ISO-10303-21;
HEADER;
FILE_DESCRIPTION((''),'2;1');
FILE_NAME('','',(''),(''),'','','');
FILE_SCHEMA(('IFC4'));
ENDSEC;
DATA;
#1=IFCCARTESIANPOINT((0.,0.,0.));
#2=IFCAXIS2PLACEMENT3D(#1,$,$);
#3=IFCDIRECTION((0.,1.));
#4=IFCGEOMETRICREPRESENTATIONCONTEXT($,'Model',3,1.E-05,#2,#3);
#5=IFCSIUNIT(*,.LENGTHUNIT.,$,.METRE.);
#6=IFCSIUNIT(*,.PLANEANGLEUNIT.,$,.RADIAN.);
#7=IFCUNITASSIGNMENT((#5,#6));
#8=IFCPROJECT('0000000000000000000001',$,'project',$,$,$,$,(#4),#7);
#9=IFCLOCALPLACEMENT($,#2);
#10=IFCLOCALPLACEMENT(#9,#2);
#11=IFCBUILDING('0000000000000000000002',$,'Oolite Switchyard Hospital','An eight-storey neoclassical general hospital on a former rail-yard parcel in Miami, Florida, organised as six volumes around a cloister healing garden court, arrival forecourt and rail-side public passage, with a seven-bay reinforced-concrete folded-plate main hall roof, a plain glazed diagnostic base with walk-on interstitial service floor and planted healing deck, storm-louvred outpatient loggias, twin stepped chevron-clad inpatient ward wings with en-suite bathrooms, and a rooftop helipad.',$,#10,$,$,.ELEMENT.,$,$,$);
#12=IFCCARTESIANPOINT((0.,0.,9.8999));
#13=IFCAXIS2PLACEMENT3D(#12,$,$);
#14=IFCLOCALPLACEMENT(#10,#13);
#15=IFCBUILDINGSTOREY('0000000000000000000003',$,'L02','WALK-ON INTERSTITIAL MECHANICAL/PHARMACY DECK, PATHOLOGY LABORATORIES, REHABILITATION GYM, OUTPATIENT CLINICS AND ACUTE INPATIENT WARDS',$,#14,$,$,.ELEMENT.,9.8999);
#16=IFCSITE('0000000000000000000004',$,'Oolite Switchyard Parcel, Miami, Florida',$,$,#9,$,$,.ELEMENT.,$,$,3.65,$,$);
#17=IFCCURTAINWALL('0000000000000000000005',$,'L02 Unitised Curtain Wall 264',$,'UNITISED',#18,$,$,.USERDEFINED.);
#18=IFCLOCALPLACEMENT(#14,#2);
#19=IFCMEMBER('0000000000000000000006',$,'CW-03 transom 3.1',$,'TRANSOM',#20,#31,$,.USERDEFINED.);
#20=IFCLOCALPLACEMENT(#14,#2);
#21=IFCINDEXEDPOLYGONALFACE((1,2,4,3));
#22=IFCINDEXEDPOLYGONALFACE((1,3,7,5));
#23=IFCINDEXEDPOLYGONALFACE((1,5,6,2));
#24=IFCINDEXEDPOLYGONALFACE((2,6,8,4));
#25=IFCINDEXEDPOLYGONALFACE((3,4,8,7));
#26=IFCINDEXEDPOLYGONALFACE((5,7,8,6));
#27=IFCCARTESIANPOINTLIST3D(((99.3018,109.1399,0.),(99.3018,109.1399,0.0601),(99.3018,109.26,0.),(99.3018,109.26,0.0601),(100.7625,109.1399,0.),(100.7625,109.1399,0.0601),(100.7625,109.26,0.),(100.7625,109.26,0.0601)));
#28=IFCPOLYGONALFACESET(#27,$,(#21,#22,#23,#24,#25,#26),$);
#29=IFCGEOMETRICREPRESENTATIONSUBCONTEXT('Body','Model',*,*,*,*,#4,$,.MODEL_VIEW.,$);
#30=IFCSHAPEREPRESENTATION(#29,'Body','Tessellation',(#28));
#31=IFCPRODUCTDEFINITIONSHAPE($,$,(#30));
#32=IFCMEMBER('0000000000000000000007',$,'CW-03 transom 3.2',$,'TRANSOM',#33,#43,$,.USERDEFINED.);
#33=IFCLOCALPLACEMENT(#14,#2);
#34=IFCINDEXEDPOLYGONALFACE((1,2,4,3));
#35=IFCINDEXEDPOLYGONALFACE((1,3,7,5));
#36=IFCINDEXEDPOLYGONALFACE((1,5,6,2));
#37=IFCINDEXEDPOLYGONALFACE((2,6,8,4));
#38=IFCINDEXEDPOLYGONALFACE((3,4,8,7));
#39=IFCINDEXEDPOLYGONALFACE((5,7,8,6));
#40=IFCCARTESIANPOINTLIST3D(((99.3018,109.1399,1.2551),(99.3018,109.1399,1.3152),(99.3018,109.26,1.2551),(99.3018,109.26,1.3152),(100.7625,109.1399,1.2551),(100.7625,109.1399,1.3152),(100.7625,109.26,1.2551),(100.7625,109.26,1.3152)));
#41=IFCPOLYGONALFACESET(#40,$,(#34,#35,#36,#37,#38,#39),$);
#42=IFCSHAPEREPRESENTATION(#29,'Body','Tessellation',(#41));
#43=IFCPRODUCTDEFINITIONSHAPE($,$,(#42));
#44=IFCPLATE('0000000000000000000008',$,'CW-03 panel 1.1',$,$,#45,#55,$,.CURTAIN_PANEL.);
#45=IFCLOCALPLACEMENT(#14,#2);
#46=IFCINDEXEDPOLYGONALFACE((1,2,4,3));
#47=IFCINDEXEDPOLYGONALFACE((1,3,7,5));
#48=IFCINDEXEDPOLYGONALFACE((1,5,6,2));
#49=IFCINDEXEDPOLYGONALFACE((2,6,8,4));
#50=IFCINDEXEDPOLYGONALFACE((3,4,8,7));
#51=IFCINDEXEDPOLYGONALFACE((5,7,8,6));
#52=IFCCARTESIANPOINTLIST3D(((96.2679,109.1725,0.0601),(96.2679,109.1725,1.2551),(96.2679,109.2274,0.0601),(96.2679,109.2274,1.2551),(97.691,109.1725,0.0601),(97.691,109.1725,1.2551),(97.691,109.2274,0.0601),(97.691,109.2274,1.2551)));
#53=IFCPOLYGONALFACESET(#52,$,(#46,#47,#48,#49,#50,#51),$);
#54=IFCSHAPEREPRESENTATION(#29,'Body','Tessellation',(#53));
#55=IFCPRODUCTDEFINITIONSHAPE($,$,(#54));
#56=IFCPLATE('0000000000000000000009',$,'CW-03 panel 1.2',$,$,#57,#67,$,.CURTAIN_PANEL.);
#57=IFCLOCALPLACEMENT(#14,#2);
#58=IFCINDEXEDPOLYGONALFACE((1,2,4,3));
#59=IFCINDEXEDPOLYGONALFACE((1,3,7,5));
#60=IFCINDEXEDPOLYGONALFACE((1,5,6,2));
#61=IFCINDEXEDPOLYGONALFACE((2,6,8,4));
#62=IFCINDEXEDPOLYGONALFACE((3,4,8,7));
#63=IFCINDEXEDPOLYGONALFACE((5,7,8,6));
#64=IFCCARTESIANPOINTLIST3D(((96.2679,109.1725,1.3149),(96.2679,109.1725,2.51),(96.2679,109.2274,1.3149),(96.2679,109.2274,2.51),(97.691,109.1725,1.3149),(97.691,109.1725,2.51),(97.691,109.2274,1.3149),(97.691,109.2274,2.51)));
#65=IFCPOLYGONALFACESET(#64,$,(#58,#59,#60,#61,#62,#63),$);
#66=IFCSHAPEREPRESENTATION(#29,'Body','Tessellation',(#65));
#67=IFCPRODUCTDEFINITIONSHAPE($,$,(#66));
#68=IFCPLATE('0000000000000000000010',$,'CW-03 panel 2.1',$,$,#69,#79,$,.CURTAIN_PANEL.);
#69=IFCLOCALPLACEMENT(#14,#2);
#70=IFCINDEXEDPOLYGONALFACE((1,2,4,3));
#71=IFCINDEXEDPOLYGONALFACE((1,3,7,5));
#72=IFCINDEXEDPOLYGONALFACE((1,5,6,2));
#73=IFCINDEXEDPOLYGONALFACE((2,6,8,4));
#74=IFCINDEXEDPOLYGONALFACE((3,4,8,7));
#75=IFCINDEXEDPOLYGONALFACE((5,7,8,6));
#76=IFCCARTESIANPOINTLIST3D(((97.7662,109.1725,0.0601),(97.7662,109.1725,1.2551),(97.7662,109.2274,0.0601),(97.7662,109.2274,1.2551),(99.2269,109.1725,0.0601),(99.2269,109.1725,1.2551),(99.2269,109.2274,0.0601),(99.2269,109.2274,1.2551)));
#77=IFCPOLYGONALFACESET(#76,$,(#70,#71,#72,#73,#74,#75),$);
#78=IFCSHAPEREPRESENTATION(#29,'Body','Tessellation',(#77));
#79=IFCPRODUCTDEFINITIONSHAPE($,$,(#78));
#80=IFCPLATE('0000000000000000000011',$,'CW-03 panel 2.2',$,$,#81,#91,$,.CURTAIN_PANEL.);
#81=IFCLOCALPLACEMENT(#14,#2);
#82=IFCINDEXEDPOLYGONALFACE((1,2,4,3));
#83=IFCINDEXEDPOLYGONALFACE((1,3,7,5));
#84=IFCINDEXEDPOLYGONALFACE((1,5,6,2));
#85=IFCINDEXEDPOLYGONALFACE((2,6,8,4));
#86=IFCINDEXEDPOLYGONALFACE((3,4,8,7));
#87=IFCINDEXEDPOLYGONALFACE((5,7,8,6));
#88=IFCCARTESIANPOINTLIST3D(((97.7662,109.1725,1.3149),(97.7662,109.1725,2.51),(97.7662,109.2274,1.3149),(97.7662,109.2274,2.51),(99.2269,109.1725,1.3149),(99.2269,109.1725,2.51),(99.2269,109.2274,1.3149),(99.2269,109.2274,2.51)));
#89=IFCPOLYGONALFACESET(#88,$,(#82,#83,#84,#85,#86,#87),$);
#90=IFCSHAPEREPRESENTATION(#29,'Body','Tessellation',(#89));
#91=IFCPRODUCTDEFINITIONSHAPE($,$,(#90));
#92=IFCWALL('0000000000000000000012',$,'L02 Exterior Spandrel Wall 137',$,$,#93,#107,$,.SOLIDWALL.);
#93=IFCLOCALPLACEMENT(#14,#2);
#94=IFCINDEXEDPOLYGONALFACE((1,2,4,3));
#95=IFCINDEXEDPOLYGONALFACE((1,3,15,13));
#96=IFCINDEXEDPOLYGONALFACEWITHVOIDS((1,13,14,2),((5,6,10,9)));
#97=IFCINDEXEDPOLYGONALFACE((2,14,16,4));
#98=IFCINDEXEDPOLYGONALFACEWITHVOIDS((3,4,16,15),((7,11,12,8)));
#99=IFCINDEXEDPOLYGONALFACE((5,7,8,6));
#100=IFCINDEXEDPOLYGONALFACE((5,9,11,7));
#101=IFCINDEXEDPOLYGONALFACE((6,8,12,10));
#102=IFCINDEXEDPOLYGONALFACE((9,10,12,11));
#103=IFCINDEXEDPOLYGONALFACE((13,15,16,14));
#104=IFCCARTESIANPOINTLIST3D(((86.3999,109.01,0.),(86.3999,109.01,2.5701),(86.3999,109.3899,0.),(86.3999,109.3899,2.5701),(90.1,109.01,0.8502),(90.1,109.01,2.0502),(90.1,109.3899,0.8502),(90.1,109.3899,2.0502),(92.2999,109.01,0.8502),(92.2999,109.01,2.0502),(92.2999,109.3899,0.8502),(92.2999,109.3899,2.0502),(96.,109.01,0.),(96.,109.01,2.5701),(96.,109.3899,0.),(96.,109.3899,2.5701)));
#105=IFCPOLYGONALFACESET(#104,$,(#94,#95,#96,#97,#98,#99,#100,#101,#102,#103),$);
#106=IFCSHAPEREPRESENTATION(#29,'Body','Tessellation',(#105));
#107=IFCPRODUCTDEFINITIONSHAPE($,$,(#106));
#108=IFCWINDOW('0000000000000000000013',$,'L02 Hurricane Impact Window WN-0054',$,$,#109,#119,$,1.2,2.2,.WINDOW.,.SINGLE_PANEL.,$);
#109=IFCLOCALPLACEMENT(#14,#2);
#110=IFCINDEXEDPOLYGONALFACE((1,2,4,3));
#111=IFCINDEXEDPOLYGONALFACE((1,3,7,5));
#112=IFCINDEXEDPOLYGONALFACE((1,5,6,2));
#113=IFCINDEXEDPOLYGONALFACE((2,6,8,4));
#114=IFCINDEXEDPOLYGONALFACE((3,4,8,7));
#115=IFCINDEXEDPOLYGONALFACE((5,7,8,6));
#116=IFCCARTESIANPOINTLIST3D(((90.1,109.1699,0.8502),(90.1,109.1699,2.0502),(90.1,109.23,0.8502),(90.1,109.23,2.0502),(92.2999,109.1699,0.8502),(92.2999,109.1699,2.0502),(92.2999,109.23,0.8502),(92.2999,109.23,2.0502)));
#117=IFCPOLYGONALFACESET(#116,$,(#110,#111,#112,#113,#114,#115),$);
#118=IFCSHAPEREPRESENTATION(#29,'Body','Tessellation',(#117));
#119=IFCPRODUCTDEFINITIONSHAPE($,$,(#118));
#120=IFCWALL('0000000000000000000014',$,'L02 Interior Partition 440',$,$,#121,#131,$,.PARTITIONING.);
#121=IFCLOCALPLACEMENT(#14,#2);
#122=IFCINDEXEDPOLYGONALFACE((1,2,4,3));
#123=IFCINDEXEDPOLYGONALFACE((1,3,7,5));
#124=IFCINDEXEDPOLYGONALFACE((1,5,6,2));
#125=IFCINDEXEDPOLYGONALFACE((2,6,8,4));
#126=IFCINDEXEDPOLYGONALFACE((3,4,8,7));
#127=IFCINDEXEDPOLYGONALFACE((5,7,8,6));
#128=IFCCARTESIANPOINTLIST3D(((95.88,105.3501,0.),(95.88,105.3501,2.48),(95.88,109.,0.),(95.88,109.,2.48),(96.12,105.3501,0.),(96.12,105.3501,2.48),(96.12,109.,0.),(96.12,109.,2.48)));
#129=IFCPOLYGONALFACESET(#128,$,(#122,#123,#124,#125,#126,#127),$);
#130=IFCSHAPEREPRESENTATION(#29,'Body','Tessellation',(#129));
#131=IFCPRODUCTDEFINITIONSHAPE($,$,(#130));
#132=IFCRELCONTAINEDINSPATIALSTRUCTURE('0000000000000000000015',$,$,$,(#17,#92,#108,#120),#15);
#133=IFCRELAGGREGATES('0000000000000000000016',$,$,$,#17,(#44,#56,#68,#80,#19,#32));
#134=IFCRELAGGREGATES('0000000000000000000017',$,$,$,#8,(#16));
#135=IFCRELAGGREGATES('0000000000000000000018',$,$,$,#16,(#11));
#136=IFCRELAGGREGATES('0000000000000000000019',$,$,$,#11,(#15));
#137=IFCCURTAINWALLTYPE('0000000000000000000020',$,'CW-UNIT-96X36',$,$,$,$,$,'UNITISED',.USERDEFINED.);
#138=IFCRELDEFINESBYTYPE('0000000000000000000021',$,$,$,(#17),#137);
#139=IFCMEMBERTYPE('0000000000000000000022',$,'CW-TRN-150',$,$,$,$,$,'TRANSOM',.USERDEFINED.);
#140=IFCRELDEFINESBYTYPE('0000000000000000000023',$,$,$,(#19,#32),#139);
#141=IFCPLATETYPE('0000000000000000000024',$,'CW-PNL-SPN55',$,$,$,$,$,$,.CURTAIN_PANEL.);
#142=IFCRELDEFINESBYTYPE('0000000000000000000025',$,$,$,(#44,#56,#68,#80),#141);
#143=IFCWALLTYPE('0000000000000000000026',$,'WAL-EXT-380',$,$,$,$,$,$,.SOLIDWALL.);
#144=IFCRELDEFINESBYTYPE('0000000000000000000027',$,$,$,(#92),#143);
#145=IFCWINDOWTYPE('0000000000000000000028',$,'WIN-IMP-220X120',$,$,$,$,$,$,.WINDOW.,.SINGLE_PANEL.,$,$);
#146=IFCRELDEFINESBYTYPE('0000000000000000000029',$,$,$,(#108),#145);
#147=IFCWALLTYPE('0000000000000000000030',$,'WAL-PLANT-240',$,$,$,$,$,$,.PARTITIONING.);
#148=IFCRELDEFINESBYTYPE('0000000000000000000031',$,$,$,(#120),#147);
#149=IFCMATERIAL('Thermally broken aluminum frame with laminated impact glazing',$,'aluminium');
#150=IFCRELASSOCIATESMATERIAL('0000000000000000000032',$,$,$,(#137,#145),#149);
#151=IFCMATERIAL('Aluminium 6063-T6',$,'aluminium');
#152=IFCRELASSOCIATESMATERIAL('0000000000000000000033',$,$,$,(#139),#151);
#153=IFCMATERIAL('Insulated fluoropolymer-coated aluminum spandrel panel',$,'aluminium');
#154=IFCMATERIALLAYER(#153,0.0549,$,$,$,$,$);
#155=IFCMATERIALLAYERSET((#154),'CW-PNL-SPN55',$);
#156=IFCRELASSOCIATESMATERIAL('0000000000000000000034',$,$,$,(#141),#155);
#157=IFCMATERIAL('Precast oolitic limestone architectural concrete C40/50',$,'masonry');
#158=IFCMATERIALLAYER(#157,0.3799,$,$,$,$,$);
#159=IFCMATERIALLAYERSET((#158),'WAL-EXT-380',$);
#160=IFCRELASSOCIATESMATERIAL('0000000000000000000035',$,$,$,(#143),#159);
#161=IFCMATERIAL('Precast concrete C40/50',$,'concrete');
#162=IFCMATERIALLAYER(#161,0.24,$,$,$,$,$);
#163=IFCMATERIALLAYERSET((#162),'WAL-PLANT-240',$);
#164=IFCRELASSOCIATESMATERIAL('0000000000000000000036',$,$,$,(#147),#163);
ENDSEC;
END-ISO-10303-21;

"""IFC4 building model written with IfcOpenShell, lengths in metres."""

from ifc_helpers import new_model, si_unit, direction, frame, frame_2d, origin, origin_2d, place, context, subcontext, project, spatial, rectangle, extrude, material, layer, layer_set, material_profile, profile_set, type_object, element, fill, aggregate, save


model = new_model("IFC4")

# Units and contexts
model_context = context("Model", 3, precision=1e-05, world=origin(), true_north=direction((0.0, 1.0)))
body_context = subcontext(model_context, "Body", "Model", "MODEL_VIEW")
ifc_project = project(units=[si_unit("LENGTHUNIT", "METRE"), si_unit("PLANEANGLEUNIT", "RADIAN")], contexts=[model_context])

# Site, building, storey
site_placement = place(None, origin())
site = spatial("IfcSite", under=ifc_project, at=site_placement, Name="Oolite Switchyard Parcel, Miami, Florida", CompositionType="ELEMENT", RefElevation=3.65)
building_placement = place(site_placement, origin())
building = spatial("IfcBuilding", under=site, at=building_placement, Name="Oolite Switchyard Hospital", Description="An eight-storey neoclassical general hospital on a former rail-yard parcel in Miami, Florida, organised as six volumes around a cloister healing garden court, arrival forecourt and rail-side public passage, with a seven-bay reinforced-concrete folded-plate main hall roof, a plain glazed diagnostic base with walk-on interstitial service floor and planted healing deck, storm-louvred outpatient loggias, twin stepped chevron-clad inpatient ward wings with en-suite bathrooms, and a rooftop helipad.", CompositionType="ELEMENT")
storey_placement = place(building_placement, frame((0.0, 0.0, 9.8999)))
storey = spatial("IfcBuildingStorey", under=building, at=storey_placement, Name="L02", Description="WALK-ON INTERSTITIAL MECHANICAL/PHARMACY DECK, PATHOLOGY LABORATORIES, REHABILITATION GYM, OUTPATIENT CLINICS AND ACUTE INPATIENT WARDS", CompositionType="ELEMENT", Elevation=9.8999)

# Curtain wall, members, plates
ifc_material_1 = material(Name="Thermally broken aluminum frame with laminated impact glazing", Category="aluminium")
curtain_wall_type = type_object("IfcCurtainWallType", Name="CW-UNIT-96X36", ElementType="UNITISED", PredefinedType="USERDEFINED", material=ifc_material_1)
curtain_wall_placement = place(storey_placement, origin())
curtain_wall = element("IfcCurtainWall", 1, at=curtain_wall_placement, inside=storey, type_object=curtain_wall_type, Name="L02 Unitised Curtain Wall 264", ObjectType="UNITISED", PredefinedType="USERDEFINED")
ifc_material_2 = material(Name="Aluminium 6063-T6", Category="aluminium")
ifc_material_profile_1 = material_profile(ifc_material_2, rectangle(XDim=0.1201, YDim=0.0601, at=origin_2d()), Name="CWT60X120")
ifc_profile_set_1 = profile_set([ifc_material_profile_1], Name="Aluminium 6063-T6")
member_type_1 = type_object("IfcMemberType", Name="CW-TRN-150", ElementType="TRANSOM", PredefinedType="USERDEFINED", material=ifc_profile_set_1)
member_1_placement = place(storey_placement, frame((99.3018, 109.2, 0.03), z_axis=(1.0, 0.0, 0.0), x_axis=(0.0, 1.0, 0.0)))
member_1 = element("IfcMember", 2, at=member_1_placement, type_object=member_type_1, Name="CW-03 transom 3.1", ObjectType="TRANSOM", PredefinedType="USERDEFINED", context=body_context, shape_type="SweptSolid", body=[
    extrude(rectangle(XDim=0.1201, YDim=0.0601, at=origin_2d()), origin(), (0.0, 0.0, 1.0), 1.4607),
])
member_2_placement = place(storey_placement, frame((99.3018, 109.2, 1.2852), z_axis=(1.0, 0.0, 0.0), x_axis=(0.0, 1.0, 0.0)))
member_2 = element("IfcMember", 3, at=member_2_placement, type_object=member_type_1, Name="CW-03 transom 3.2", ObjectType="TRANSOM", PredefinedType="USERDEFINED", context=body_context, shape_type="SweptSolid", body=[
    extrude(rectangle(XDim=0.1201, YDim=0.0601, at=origin_2d()), origin(), (0.0, 0.0, 1.0), 1.4607),
])
ifc_material_3 = material(Name="Insulated fluoropolymer-coated aluminum spandrel panel", Category="aluminium")
ifc_layer_1 = layer(ifc_material_3, 0.0549)
ifc_layer_set_1 = layer_set([ifc_layer_1], Name="CW-PNL-SPN55")
plate_type = type_object("IfcPlateType", Name="CW-PNL-SPN55", PredefinedType="CURTAIN_PANEL", material=ifc_layer_set_1)
plate_1_placement = place(storey_placement, frame((96.9795, 109.2, 0.0601), z_axis=(0.0, 0.0, 1.0), x_axis=(1.0, 0.0, 0.0)))
plate_1 = element("IfcPlate", 4, at=plate_1_placement, type_object=plate_type, Name="CW-03 panel 1.1", PredefinedType="CURTAIN_PANEL", context=body_context, shape_type="SweptSolid", body=[
    extrude(rectangle(XDim=1.4231, YDim=0.0549, at=origin_2d()), origin(), (0.0, 0.0, 1.0), 1.1951),
])
plate_2_placement = place(storey_placement, frame((96.9795, 109.2, 1.3149), z_axis=(0.0, 0.0, 1.0), x_axis=(1.0, 0.0, 0.0)))
plate_2 = element("IfcPlate", 5, at=plate_2_placement, type_object=plate_type, Name="CW-03 panel 1.2", PredefinedType="CURTAIN_PANEL", context=body_context, shape_type="SweptSolid", body=[
    extrude(rectangle(XDim=1.4231, YDim=0.0549, at=origin_2d()), origin(), (0.0, 0.0, 1.0), 1.1951),
])
plate_3_placement = place(storey_placement, frame((98.4966, 109.2, 0.0601), z_axis=(0.0, 0.0, 1.0), x_axis=(1.0, 0.0, 0.0)))
plate_3 = element("IfcPlate", 6, at=plate_3_placement, type_object=plate_type, Name="CW-03 panel 2.1", PredefinedType="CURTAIN_PANEL", context=body_context, shape_type="SweptSolid", body=[
    extrude(rectangle(XDim=1.4607, YDim=0.0549, at=origin_2d()), origin(), (0.0, 0.0, 1.0), 1.1951),
])
plate_4_placement = place(storey_placement, frame((98.4966, 109.2, 1.3149), z_axis=(0.0, 0.0, 1.0), x_axis=(1.0, 0.0, 0.0)))
plate_4 = element("IfcPlate", 7, at=plate_4_placement, type_object=plate_type, Name="CW-03 panel 2.2", PredefinedType="CURTAIN_PANEL", context=body_context, shape_type="SweptSolid", body=[
    extrude(rectangle(XDim=1.4607, YDim=0.0549, at=origin_2d()), origin(), (0.0, 0.0, 1.0), 1.1951),
])
aggregate(curtain_wall, [plate_1, plate_2, plate_3, plate_4, member_1, member_2])

# Wall, opening, window
ifc_material_4 = material(Name="Precast oolitic limestone architectural concrete C40/50", Category="masonry")
ifc_layer_2 = layer(ifc_material_4, 0.3799)
ifc_layer_set_2 = layer_set([ifc_layer_2], Name="WAL-EXT-380")
wall_type_1 = type_object("IfcWallType", Name="WAL-EXT-380", PredefinedType="SOLIDWALL", material=ifc_layer_set_2)
wall_1_placement = place(storey_placement, frame((86.3999, 109.2, 0.0), z_axis=(0.0, 0.0, 1.0), x_axis=(1.0, 0.0, 0.0)))
wall_1 = element("IfcWall", 8, at=wall_1_placement, inside=storey, type_object=wall_type_1, Name="L02 Exterior Spandrel Wall 137", PredefinedType="SOLIDWALL", context=body_context, shape_type="SweptSolid", body=[
    extrude(rectangle(XDim=9.6001, YDim=0.3799, at=frame_2d((4.8, 0.0))), origin(), (0.0, 0.0, 1.0), 2.5701),
])
opening_placement = place(wall_1_placement, frame((3.7, 0.0, 0.8501)))
opening = element("IfcOpeningElement", 9, at=opening_placement, cuts=wall_1, PredefinedType="OPENING", context=body_context, shape_type="SweptSolid", body=[
    extrude(rectangle(XDim=2.2, YDim=1.2, at=frame_2d((1.1001, 0.6001))), frame((0.0, 0.2, 0.0), z_axis=(0.0, -1.0, 0.0), x_axis=(1.0, 0.0, 0.0)), (0.0, 0.0, 1.0), 0.3999),
])
window_type = type_object("IfcWindowType", Name="WIN-IMP-220X120", PartitioningType="SINGLE_PANEL", PredefinedType="WINDOW", material=ifc_material_1)
window_placement = place(opening_placement, origin())
window = element("IfcWindow", 10, at=window_placement, inside=storey, type_object=window_type, Name="L02 Hurricane Impact Window WN-0054", OverallHeight=1.2, OverallWidth=2.2, PartitioningType="SINGLE_PANEL", PredefinedType="WINDOW", context=body_context, shape_type="SweptSolid", body=[
    extrude(rectangle(XDim=2.2, YDim=1.2, at=frame_2d((1.1001, 0.6001))), frame((0.0, 0.03, 0.0), z_axis=(0.0, -1.0, 0.0), x_axis=(1.0, 0.0, 0.0)), (0.0, 0.0, 1.0), 0.0601),
])
fill(opening, window)

# Wall
ifc_material_5 = material(Name="Precast concrete C40/50", Category="concrete")
ifc_layer_3 = layer(ifc_material_5, 0.24)
ifc_layer_set_3 = layer_set([ifc_layer_3], Name="WAL-PLANT-240")
wall_type_2 = type_object("IfcWallType", Name="WAL-PLANT-240", PredefinedType="PARTITIONING", material=ifc_layer_set_3)
wall_2_placement = place(storey_placement, frame((96.0, 105.3501, 0.0), z_axis=(0.0, 0.0, 1.0), x_axis=(0.0, 1.0, 0.0)))
element("IfcWall", 11, at=wall_2_placement, inside=storey, type_object=wall_type_2, Name="L02 Interior Partition 440", PredefinedType="PARTITIONING", context=body_context, shape_type="SweptSolid", body=[
    extrude(rectangle(XDim=3.6499, YDim=0.24, at=frame_2d((1.825, 0.0))), origin(), (0.0, 0.0, 1.0), 2.48),
])

save(model, "model.ifc")
